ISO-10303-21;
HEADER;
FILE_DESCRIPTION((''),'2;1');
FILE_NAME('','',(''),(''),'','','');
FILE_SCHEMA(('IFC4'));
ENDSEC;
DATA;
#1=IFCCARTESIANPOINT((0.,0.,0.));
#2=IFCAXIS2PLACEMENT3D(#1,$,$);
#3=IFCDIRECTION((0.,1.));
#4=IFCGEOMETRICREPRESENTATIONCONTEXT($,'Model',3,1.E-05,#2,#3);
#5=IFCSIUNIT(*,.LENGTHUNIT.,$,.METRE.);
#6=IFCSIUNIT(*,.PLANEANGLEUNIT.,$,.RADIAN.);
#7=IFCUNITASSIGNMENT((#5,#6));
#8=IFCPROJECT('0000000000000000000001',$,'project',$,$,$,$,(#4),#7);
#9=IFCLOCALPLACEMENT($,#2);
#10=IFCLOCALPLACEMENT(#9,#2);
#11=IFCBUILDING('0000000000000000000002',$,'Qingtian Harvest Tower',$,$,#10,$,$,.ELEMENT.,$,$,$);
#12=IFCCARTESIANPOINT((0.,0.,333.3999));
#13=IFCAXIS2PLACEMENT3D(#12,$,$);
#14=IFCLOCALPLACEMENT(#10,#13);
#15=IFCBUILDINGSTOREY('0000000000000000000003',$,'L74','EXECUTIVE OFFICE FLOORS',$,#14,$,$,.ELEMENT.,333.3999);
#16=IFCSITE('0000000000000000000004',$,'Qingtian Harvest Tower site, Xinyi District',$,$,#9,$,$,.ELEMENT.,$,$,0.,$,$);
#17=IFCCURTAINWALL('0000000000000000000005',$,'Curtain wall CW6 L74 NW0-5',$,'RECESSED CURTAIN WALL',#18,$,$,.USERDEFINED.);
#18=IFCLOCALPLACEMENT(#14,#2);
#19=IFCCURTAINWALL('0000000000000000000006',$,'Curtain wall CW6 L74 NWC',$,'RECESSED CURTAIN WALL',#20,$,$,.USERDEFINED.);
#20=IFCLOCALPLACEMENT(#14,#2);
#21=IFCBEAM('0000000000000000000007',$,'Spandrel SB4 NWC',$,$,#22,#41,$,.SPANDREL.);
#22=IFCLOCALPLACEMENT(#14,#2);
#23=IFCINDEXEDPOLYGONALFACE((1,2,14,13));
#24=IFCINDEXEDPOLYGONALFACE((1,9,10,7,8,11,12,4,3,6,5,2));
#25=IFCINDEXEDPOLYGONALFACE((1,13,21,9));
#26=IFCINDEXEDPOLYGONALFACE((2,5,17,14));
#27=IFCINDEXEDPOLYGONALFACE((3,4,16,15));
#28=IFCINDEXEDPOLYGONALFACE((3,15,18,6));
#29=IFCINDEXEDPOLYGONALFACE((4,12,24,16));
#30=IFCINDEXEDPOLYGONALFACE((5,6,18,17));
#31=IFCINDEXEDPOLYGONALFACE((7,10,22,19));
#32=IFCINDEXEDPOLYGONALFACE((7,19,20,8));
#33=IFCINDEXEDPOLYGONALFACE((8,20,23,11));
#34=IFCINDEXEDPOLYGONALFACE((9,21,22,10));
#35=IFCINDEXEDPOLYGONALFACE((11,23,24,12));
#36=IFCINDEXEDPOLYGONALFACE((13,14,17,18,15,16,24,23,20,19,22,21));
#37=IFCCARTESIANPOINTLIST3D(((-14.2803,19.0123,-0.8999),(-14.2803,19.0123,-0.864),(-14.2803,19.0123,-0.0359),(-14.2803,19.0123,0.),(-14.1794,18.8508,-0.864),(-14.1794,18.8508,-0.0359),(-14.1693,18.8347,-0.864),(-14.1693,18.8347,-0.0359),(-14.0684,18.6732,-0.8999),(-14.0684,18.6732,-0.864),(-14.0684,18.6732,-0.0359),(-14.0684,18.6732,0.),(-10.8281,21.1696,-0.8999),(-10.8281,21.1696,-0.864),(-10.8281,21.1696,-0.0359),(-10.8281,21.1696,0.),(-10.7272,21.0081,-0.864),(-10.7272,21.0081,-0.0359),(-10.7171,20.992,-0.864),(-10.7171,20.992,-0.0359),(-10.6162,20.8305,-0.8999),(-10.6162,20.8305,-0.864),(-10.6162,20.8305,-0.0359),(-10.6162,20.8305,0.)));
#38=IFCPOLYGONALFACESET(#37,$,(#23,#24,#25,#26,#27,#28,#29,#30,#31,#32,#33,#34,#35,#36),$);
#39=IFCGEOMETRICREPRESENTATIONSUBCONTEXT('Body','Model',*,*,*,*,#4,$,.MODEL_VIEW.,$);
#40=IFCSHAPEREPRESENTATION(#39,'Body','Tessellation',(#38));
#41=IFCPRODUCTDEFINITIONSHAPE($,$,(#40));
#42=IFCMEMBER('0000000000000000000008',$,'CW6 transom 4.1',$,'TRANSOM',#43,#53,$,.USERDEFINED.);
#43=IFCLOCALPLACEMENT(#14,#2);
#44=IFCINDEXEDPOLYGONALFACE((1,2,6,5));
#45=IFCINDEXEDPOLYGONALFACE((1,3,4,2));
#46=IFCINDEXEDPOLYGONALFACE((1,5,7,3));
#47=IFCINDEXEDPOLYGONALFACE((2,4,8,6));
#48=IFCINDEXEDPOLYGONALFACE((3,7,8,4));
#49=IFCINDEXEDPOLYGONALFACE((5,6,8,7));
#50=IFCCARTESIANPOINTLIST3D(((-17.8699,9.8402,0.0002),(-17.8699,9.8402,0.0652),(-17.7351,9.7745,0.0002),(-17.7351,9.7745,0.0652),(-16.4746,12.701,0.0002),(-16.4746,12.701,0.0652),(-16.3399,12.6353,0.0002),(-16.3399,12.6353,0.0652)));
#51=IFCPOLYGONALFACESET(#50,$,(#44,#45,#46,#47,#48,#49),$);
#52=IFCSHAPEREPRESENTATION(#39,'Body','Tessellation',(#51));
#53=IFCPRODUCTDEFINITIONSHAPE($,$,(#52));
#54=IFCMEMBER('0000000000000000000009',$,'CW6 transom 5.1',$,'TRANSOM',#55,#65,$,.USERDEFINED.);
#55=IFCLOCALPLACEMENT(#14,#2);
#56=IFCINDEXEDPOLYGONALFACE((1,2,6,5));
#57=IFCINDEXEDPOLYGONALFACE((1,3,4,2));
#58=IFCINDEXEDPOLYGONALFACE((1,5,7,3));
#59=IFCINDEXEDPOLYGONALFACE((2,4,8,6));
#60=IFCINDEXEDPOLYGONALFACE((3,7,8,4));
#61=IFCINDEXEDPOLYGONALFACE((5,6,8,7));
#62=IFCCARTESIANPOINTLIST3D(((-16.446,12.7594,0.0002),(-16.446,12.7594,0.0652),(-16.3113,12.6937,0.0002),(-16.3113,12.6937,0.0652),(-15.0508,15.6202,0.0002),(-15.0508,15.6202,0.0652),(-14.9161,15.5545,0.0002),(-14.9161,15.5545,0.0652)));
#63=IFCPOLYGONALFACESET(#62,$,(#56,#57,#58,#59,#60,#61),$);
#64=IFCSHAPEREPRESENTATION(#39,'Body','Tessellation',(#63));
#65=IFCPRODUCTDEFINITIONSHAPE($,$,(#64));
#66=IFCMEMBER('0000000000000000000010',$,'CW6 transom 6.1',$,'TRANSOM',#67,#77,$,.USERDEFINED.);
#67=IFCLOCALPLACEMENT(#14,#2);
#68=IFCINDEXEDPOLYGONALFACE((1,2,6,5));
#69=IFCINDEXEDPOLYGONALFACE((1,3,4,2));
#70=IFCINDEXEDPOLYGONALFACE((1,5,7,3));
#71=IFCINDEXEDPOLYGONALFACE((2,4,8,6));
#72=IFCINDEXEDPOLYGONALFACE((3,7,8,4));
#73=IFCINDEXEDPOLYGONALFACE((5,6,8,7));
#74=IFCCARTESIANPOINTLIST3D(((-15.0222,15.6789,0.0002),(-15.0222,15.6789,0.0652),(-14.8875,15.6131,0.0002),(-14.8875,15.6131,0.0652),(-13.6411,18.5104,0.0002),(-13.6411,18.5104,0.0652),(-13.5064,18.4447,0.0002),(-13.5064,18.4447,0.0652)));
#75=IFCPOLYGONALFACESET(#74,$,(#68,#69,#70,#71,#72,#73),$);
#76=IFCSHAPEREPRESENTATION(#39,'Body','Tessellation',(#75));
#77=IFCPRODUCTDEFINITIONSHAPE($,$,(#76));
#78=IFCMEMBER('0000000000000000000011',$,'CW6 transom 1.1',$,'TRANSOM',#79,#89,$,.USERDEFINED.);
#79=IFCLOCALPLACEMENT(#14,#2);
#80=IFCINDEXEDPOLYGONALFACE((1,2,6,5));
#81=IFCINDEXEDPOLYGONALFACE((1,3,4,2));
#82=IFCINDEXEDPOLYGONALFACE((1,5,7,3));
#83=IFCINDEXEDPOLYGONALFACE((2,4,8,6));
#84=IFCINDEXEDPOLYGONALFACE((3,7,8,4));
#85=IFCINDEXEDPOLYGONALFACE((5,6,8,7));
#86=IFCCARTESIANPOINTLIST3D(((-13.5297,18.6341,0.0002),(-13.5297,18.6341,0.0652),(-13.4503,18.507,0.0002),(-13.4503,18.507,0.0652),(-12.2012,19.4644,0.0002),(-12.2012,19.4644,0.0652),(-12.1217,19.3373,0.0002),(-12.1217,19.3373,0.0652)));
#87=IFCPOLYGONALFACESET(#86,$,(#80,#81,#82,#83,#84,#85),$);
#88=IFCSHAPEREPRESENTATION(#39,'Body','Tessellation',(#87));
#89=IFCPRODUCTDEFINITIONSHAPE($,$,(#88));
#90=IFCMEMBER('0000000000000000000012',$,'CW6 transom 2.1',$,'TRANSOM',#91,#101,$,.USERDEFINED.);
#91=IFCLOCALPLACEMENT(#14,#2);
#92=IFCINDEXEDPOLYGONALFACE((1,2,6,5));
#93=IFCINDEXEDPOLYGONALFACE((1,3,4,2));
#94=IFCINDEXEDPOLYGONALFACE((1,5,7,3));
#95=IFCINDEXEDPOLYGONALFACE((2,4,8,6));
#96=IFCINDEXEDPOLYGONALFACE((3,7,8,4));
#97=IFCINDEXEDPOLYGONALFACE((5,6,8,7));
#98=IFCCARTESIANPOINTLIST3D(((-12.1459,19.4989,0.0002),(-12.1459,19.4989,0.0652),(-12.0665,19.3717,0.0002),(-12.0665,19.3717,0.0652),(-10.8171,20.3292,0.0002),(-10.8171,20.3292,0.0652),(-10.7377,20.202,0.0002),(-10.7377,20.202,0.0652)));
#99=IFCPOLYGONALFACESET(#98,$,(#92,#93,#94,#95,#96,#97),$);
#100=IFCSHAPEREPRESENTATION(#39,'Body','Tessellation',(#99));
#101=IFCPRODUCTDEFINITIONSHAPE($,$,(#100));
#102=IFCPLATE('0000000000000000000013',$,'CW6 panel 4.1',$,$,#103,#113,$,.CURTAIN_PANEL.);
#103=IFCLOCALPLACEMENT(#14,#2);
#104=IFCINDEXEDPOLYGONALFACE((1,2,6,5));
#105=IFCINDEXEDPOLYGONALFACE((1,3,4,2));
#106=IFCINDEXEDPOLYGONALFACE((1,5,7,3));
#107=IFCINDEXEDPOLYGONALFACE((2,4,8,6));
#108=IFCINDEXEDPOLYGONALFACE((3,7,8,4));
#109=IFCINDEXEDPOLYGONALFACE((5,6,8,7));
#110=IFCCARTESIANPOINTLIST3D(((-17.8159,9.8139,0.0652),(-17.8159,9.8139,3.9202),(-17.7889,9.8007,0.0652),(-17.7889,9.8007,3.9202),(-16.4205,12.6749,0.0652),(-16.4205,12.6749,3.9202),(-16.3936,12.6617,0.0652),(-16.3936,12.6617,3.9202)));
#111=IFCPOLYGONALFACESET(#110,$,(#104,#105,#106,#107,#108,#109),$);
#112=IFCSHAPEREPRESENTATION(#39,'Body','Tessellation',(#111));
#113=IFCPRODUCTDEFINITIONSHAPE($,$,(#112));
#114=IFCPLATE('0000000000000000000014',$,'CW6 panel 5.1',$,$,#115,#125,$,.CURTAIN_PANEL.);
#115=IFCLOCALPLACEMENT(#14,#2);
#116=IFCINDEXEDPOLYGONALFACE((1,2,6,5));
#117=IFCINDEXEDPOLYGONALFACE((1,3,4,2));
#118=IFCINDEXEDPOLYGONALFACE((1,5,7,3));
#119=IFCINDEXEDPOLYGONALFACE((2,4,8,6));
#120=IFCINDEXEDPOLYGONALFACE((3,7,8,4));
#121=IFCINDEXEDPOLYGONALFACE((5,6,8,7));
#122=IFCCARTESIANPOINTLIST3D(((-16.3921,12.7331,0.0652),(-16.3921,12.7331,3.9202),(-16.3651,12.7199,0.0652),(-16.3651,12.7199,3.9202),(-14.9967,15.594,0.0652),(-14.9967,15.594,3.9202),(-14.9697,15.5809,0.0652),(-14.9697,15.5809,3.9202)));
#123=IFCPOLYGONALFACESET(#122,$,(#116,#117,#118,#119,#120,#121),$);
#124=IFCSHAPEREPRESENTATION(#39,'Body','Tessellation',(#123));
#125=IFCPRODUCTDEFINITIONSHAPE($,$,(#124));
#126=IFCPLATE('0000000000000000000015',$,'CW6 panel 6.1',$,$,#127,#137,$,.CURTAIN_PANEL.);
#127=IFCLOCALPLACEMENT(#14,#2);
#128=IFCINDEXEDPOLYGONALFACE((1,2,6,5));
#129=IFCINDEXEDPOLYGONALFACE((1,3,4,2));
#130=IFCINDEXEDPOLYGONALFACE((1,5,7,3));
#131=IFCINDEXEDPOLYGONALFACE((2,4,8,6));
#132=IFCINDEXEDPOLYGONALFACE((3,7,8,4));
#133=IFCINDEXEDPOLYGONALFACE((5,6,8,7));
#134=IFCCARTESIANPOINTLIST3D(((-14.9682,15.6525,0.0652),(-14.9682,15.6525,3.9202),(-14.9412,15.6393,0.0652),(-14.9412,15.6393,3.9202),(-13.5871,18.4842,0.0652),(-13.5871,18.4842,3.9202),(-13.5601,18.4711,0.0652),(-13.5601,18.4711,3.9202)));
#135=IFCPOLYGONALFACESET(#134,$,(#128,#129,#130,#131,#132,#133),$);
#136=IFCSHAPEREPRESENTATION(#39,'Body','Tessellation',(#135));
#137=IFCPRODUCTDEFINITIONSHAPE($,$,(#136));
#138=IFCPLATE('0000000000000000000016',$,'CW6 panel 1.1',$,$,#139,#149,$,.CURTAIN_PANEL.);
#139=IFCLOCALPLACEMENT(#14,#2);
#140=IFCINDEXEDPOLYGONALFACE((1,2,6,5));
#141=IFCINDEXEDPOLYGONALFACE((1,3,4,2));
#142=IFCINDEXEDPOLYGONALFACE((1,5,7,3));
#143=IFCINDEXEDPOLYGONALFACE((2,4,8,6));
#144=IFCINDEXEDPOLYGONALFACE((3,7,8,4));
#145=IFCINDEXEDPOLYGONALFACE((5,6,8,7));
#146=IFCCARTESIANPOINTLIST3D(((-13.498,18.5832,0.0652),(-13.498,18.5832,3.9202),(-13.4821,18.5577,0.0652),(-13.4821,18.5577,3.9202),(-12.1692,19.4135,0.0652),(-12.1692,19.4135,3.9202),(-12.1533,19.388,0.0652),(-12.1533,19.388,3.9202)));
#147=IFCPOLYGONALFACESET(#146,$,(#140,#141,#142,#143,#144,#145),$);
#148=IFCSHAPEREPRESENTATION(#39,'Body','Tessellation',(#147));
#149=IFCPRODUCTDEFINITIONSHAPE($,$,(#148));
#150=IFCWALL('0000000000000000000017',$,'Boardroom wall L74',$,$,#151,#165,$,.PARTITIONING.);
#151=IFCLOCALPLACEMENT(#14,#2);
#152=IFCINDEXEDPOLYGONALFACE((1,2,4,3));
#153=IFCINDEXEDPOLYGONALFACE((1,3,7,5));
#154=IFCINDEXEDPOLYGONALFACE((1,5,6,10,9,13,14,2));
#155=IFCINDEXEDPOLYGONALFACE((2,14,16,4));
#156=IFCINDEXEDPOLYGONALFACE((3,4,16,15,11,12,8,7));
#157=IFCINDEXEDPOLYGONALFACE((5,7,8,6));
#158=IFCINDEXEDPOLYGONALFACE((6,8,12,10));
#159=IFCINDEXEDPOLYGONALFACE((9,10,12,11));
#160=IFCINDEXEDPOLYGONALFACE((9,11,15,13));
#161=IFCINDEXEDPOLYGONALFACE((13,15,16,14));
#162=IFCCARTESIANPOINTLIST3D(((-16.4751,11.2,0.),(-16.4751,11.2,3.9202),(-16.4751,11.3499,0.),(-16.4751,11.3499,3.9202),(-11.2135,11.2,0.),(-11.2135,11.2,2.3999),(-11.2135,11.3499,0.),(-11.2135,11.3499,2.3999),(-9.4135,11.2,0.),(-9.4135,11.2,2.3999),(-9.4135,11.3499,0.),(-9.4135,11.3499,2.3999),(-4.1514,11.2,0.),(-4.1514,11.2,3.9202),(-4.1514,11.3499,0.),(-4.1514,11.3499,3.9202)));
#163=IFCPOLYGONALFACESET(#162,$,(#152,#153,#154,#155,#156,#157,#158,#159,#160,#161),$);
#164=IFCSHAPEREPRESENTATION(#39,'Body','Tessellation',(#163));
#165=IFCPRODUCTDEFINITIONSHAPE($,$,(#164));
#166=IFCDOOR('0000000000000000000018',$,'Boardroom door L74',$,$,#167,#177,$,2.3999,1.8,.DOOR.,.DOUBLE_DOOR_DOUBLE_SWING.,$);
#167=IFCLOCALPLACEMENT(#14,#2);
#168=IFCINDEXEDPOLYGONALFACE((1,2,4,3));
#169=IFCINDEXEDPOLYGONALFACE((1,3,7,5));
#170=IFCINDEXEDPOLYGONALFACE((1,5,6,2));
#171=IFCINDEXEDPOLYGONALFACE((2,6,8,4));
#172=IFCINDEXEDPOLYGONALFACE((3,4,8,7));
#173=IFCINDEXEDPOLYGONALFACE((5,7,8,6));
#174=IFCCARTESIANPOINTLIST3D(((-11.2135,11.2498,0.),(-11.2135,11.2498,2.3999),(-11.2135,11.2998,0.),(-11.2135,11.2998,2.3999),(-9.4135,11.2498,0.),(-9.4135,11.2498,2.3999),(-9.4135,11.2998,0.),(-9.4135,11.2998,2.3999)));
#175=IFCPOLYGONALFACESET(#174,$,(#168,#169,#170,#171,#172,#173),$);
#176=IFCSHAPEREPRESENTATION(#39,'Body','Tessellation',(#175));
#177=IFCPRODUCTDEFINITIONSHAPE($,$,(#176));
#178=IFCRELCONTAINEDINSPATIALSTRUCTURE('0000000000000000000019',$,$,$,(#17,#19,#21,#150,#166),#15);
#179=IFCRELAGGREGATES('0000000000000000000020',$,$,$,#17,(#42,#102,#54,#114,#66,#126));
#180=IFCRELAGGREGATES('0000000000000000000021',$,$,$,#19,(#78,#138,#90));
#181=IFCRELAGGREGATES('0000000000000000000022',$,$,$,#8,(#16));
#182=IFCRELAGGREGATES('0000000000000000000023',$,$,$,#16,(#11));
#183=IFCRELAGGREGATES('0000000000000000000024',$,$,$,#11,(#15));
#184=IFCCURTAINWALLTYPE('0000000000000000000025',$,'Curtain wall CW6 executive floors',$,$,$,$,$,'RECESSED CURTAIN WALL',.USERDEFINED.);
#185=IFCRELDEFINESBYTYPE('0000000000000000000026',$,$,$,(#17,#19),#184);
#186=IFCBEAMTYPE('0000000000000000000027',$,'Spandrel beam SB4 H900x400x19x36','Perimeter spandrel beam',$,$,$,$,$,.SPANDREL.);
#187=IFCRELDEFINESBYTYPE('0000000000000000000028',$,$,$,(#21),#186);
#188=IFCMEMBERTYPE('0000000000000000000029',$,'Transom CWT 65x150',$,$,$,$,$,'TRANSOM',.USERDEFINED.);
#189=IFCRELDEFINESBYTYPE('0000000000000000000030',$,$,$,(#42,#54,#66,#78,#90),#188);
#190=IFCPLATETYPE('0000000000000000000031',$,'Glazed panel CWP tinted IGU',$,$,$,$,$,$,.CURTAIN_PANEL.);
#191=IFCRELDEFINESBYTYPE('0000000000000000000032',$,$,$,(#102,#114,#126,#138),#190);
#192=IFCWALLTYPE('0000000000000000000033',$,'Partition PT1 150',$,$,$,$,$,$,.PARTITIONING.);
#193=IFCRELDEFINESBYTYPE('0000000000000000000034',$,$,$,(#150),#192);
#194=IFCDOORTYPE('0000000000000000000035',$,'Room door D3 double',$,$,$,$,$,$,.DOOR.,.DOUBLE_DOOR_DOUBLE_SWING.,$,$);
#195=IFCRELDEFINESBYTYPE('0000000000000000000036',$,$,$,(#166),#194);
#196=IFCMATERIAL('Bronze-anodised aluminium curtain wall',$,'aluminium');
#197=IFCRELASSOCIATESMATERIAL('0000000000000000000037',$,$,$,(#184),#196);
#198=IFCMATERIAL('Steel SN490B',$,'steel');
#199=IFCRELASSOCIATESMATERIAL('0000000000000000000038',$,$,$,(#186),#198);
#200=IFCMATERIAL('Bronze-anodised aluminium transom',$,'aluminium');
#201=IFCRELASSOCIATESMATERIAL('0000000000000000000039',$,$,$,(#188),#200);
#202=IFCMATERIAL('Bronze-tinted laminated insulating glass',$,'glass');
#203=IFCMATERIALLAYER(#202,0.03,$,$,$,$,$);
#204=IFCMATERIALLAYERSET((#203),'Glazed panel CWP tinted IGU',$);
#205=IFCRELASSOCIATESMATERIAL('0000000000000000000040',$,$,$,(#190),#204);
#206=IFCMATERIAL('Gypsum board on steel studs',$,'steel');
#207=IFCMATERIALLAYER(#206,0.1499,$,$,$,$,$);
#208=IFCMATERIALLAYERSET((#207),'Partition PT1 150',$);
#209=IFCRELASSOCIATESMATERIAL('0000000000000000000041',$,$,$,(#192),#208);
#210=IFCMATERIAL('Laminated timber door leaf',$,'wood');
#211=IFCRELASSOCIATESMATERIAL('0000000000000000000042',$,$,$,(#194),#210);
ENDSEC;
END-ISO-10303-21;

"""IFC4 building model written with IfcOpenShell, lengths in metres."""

from ifc_helpers import new_model, si_unit, direction, frame, frame_2d, origin, origin_2d, place, context, subcontext, project, spatial, rectangle, i_section, extrude, material, layer, layer_set, material_profile, profile_set, type_object, element, fill, aggregate, save


model = new_model("IFC4")

# Units and contexts
model_context = context("Model", 3, precision=1e-05, world=origin(), true_north=direction((0.0, 1.0)))
body_context = subcontext(model_context, "Body", "Model", "MODEL_VIEW")
ifc_project = project(units=[si_unit("LENGTHUNIT", "METRE"), si_unit("PLANEANGLEUNIT", "RADIAN")], contexts=[model_context])

# Site, building, storey
site_placement = place(None, origin())
site = spatial("IfcSite", under=ifc_project, at=site_placement, Name="Qingtian Harvest Tower site, Xinyi District", CompositionType="ELEMENT", RefElevation=0.0)
building_placement = place(site_placement, origin())
building = spatial("IfcBuilding", under=site, at=building_placement, Name="Qingtian Harvest Tower", CompositionType="ELEMENT")
storey_placement = place(building_placement, frame((0.0, 0.0, 333.3999)))
storey = spatial("IfcBuildingStorey", under=building, at=storey_placement, Name="L74", Description="EXECUTIVE OFFICE FLOORS", CompositionType="ELEMENT", Elevation=333.3999)

# Curtain walls
ifc_material_1 = material(Name="Bronze-anodised aluminium curtain wall", Category="aluminium")
curtain_wall_type = type_object("IfcCurtainWallType", Name="Curtain wall CW6 executive floors", ElementType="RECESSED CURTAIN WALL", PredefinedType="USERDEFINED", material=ifc_material_1)
curtain_wall_1_placement = place(storey_placement, origin())
curtain_wall_1 = element("IfcCurtainWall", 1, at=curtain_wall_1_placement, inside=storey, type_object=curtain_wall_type, Name="Curtain wall CW6 L74 NW0-5", ObjectType="RECESSED CURTAIN WALL", PredefinedType="USERDEFINED")
curtain_wall_2_placement = place(storey_placement, origin())
curtain_wall_2 = element("IfcCurtainWall", 2, at=curtain_wall_2_placement, inside=storey, type_object=curtain_wall_type, Name="Curtain wall CW6 L74 NWC", ObjectType="RECESSED CURTAIN WALL", PredefinedType="USERDEFINED")

# Beam
ifc_material_2 = material(Name="Steel SN490B", Category="steel")
ifc_material_profile_1 = material_profile(ifc_material_2, i_section(OverallWidth=0.3999, OverallDepth=0.8999, WebThickness=0.019, FlangeThickness=0.0359, at=origin_2d()), Name="H900x400x19x36")
ifc_profile_set_1 = profile_set([ifc_material_profile_1], Name="Steel SN490B")
beam_type_1 = type_object("IfcBeamType", Name="Spandrel beam SB4 H900x400x19x36", Description="Perimeter spandrel beam", PredefinedType="SPANDREL", material=ifc_profile_set_1)
beam_1_placement = place(storey_placement, frame((-14.1743, 18.8428, -0.45), z_axis=(0.848039, 0.529934, 0.0), x_axis=(-0.529934, 0.848039, 0.0)))
element("IfcBeam", 3, at=beam_1_placement, inside=storey, type_object=beam_type_1, Name="Spandrel SB4 NWC", PredefinedType="SPANDREL", context=body_context, shape_type="SweptSolid", body=[
    extrude(i_section(OverallWidth=0.3999, OverallDepth=0.8999, WebThickness=0.019, FlangeThickness=0.0359, at=origin_2d()), origin(), (0.0, 0.0, 1.0), 4.0708),
])

# Members
ifc_material_3 = material(Name="Bronze-anodised aluminium transom", Category="aluminium")
ifc_material_profile_2 = material_profile(ifc_material_3, rectangle(XDim=0.1499, YDim=0.0649, at=origin_2d()), Name="AL 65x150")
ifc_profile_set_2 = profile_set([ifc_material_profile_2], Name="Bronze-anodised aluminium transom")
member_type_1 = type_object("IfcMemberType", Name="Transom CWT 65x150", ElementType="TRANSOM", PredefinedType="USERDEFINED", material=ifc_profile_set_2)
member_1_placement = place(storey_placement, frame((-17.8025, 9.8074, 0.0327), z_axis=(0.438356, 0.898802, 0.0), x_axis=(-0.898802, 0.438356, 0.0)))
member_1 = element("IfcMember", 4, at=member_1_placement, type_object=member_type_1, Name="CW6 transom 4.1", ObjectType="TRANSOM", PredefinedType="USERDEFINED", context=body_context, shape_type="SweptSolid", body=[
    extrude(rectangle(XDim=0.1499, YDim=0.0649, at=origin_2d()), origin(), (0.0, 0.0, 1.0), 3.1829),
])
member_2_placement = place(storey_placement, frame((-16.3787, 12.7266, 0.0327), z_axis=(0.438356, 0.898802, 0.0), x_axis=(-0.898802, 0.438356, 0.0)))
member_2 = element("IfcMember", 5, at=member_2_placement, type_object=member_type_1, Name="CW6 transom 5.1", ObjectType="TRANSOM", PredefinedType="USERDEFINED", context=body_context, shape_type="SweptSolid", body=[
    extrude(rectangle(XDim=0.1499, YDim=0.0649, at=origin_2d()), origin(), (0.0, 0.0, 1.0), 3.1829),
])
member_3_placement = place(storey_placement, frame((-14.9548, 15.646, 0.0327), z_axis=(0.438389, 0.898786, 0.0), x_axis=(-0.898786, 0.438389, 0.0)))
member_3 = element("IfcMember", 6, at=member_3_placement, type_object=member_type_1, Name="CW6 transom 6.1", ObjectType="TRANSOM", PredefinedType="USERDEFINED", context=body_context, shape_type="SweptSolid", body=[
    extrude(rectangle(XDim=0.1499, YDim=0.0649, at=origin_2d()), origin(), (0.0, 0.0, 1.0), 3.1504),
])
member_4_placement = place(storey_placement, frame((-13.49, 18.5706, 0.0327), z_axis=(0.848016, 0.529971, 0.0), x_axis=(-0.529971, 0.848016, 0.0)))
member_4 = element("IfcMember", 7, at=member_4_placement, type_object=member_type_1, Name="CW6 transom 1.1", ObjectType="TRANSOM", PredefinedType="USERDEFINED", context=body_context, shape_type="SweptSolid", body=[
    extrude(rectangle(XDim=0.1499, YDim=0.0649, at=origin_2d()), origin(), (0.0, 0.0, 1.0), 1.5667),
])
member_5_placement = place(storey_placement, frame((-12.1062, 19.4353, 0.0327), z_axis=(0.84806, 0.529901, 0.0), x_axis=(-0.529901, 0.84806, 0.0)))
member_5 = element("IfcMember", 8, at=member_5_placement, type_object=member_type_1, Name="CW6 transom 2.1", ObjectType="TRANSOM", PredefinedType="USERDEFINED", context=body_context, shape_type="SweptSolid", body=[
    extrude(rectangle(XDim=0.1499, YDim=0.0649, at=origin_2d()), origin(), (0.0, 0.0, 1.0), 1.5669),
])

# Plates
ifc_material_4 = material(Name="Bronze-tinted laminated insulating glass", Category="glass")
ifc_layer_1 = layer(ifc_material_4, 0.03)
ifc_layer_set_1 = layer_set([ifc_layer_1], Name="Glazed panel CWP tinted IGU")
plate_type = type_object("IfcPlateType", Name="Glazed panel CWP tinted IGU", PredefinedType="CURTAIN_PANEL", material=ifc_layer_set_1)
plate_1_placement = place(storey_placement, frame((-17.1047, 11.2378, 0.0652), z_axis=(0.0, 0.0, 1.0), x_axis=(0.438371, 0.898794, 0.0)))
plate_1 = element("IfcPlate", 9, at=plate_1_placement, type_object=plate_type, Name="CW6 panel 4.1", PredefinedType="CURTAIN_PANEL", context=body_context, shape_type="SweptSolid", body=[
    extrude(rectangle(XDim=3.1831, YDim=0.03, at=origin_2d()), origin(), (0.0, 0.0, 1.0), 3.855),
])
plate_2_placement = place(storey_placement, frame((-15.6809, 14.157, 0.0652), z_axis=(0.0, 0.0, 1.0), x_axis=(0.438371, 0.898794, 0.0)))
plate_2 = element("IfcPlate", 10, at=plate_2_placement, type_object=plate_type, Name="CW6 panel 5.1", PredefinedType="CURTAIN_PANEL", context=body_context, shape_type="SweptSolid", body=[
    extrude(rectangle(XDim=3.1831, YDim=0.03, at=origin_2d()), origin(), (0.0, 0.0, 1.0), 3.855),
])
plate_3_placement = place(storey_placement, frame((-14.2642, 17.0618, 0.0652), z_axis=(0.0, 0.0, 1.0), x_axis=(0.438371, 0.898794, 0.0)))
plate_3 = element("IfcPlate", 11, at=plate_3_placement, type_object=plate_type, Name="CW6 panel 6.1", PredefinedType="CURTAIN_PANEL", context=body_context, shape_type="SweptSolid", body=[
    extrude(rectangle(XDim=3.1506, YDim=0.03, at=origin_2d()), origin(), (0.0, 0.0, 1.0), 3.855),
])
aggregate(curtain_wall_1, [member_1, plate_1, member_2, plate_2, member_3, plate_3])
plate_4_placement = place(storey_placement, frame((-12.8257, 18.9856, 0.0652), z_axis=(0.0, 0.0, 1.0), x_axis=(0.848048, 0.529919, 0.0)))
plate_4 = element("IfcPlate", 12, at=plate_4_placement, type_object=plate_type, Name="CW6 panel 1.1", PredefinedType="CURTAIN_PANEL", context=body_context, shape_type="SweptSolid", body=[
    extrude(rectangle(XDim=1.5669, YDim=0.03, at=origin_2d()), origin(), (0.0, 0.0, 1.0), 3.855),
])
aggregate(curtain_wall_2, [member_4, plate_4, member_5])

# Wall, opening, door
ifc_material_5 = material(Name="Gypsum board on steel studs", Category="steel")
ifc_layer_2 = layer(ifc_material_5, 0.1499)
ifc_layer_set_2 = layer_set([ifc_layer_2], Name="Partition PT1 150")
wall_type = type_object("IfcWallType", Name="Partition PT1 150", PredefinedType="PARTITIONING", material=ifc_layer_set_2)
wall_placement = place(storey_placement, frame((-16.4751, 11.2749, 0.0), z_axis=(0.0, 0.0, 1.0), x_axis=(1.0, 0.0, 0.0)))
wall = element("IfcWall", 13, at=wall_placement, inside=storey, type_object=wall_type, Name="Boardroom wall L74", PredefinedType="PARTITIONING", context=body_context, shape_type="SweptSolid", body=[
    extrude(rectangle(XDim=12.3237, YDim=0.1499, at=frame_2d((6.1619, 0.0))), origin(), (0.0, 0.0, 1.0), 3.9202),
])
opening_placement = place(wall_placement, frame((5.2617, 0.0, 0.0)))
opening = element("IfcOpeningElement", 14, at=opening_placement, cuts=wall, PredefinedType="OPENING", context=body_context, shape_type="SweptSolid", body=[
    extrude(rectangle(XDim=1.8, YDim=2.3999, at=frame_2d((0.8999, 1.2))), frame((0.0, 0.085, 0.0), z_axis=(0.0, -1.0, 0.0), x_axis=(1.0, 0.0, 0.0)), (0.0, 0.0, 1.0), 0.1699),
])
ifc_material_6 = material(Name="Laminated timber door leaf", Category="wood")
door_type = type_object("IfcDoorType", Name="Room door D3 double", OperationType="DOUBLE_DOOR_DOUBLE_SWING", PredefinedType="DOOR", material=ifc_material_6)
door_placement = place(opening_placement, origin())
door = element("IfcDoor", 15, at=door_placement, inside=storey, type_object=door_type, Name="Boardroom door L74", OperationType="DOUBLE_DOOR_DOUBLE_SWING", OverallHeight=2.3999, OverallWidth=1.8, PredefinedType="DOOR", context=body_context, shape_type="SweptSolid", body=[
    extrude(rectangle(XDim=1.8, YDim=2.3999, at=frame_2d((0.8999, 1.2))), frame((0.0, 0.0249, 0.0), z_axis=(0.0, -1.0, 0.0), x_axis=(1.0, 0.0, 0.0)), (0.0, 0.0, 1.0), 0.05),
])
fill(opening, door)

save(model, "model.ifc")
